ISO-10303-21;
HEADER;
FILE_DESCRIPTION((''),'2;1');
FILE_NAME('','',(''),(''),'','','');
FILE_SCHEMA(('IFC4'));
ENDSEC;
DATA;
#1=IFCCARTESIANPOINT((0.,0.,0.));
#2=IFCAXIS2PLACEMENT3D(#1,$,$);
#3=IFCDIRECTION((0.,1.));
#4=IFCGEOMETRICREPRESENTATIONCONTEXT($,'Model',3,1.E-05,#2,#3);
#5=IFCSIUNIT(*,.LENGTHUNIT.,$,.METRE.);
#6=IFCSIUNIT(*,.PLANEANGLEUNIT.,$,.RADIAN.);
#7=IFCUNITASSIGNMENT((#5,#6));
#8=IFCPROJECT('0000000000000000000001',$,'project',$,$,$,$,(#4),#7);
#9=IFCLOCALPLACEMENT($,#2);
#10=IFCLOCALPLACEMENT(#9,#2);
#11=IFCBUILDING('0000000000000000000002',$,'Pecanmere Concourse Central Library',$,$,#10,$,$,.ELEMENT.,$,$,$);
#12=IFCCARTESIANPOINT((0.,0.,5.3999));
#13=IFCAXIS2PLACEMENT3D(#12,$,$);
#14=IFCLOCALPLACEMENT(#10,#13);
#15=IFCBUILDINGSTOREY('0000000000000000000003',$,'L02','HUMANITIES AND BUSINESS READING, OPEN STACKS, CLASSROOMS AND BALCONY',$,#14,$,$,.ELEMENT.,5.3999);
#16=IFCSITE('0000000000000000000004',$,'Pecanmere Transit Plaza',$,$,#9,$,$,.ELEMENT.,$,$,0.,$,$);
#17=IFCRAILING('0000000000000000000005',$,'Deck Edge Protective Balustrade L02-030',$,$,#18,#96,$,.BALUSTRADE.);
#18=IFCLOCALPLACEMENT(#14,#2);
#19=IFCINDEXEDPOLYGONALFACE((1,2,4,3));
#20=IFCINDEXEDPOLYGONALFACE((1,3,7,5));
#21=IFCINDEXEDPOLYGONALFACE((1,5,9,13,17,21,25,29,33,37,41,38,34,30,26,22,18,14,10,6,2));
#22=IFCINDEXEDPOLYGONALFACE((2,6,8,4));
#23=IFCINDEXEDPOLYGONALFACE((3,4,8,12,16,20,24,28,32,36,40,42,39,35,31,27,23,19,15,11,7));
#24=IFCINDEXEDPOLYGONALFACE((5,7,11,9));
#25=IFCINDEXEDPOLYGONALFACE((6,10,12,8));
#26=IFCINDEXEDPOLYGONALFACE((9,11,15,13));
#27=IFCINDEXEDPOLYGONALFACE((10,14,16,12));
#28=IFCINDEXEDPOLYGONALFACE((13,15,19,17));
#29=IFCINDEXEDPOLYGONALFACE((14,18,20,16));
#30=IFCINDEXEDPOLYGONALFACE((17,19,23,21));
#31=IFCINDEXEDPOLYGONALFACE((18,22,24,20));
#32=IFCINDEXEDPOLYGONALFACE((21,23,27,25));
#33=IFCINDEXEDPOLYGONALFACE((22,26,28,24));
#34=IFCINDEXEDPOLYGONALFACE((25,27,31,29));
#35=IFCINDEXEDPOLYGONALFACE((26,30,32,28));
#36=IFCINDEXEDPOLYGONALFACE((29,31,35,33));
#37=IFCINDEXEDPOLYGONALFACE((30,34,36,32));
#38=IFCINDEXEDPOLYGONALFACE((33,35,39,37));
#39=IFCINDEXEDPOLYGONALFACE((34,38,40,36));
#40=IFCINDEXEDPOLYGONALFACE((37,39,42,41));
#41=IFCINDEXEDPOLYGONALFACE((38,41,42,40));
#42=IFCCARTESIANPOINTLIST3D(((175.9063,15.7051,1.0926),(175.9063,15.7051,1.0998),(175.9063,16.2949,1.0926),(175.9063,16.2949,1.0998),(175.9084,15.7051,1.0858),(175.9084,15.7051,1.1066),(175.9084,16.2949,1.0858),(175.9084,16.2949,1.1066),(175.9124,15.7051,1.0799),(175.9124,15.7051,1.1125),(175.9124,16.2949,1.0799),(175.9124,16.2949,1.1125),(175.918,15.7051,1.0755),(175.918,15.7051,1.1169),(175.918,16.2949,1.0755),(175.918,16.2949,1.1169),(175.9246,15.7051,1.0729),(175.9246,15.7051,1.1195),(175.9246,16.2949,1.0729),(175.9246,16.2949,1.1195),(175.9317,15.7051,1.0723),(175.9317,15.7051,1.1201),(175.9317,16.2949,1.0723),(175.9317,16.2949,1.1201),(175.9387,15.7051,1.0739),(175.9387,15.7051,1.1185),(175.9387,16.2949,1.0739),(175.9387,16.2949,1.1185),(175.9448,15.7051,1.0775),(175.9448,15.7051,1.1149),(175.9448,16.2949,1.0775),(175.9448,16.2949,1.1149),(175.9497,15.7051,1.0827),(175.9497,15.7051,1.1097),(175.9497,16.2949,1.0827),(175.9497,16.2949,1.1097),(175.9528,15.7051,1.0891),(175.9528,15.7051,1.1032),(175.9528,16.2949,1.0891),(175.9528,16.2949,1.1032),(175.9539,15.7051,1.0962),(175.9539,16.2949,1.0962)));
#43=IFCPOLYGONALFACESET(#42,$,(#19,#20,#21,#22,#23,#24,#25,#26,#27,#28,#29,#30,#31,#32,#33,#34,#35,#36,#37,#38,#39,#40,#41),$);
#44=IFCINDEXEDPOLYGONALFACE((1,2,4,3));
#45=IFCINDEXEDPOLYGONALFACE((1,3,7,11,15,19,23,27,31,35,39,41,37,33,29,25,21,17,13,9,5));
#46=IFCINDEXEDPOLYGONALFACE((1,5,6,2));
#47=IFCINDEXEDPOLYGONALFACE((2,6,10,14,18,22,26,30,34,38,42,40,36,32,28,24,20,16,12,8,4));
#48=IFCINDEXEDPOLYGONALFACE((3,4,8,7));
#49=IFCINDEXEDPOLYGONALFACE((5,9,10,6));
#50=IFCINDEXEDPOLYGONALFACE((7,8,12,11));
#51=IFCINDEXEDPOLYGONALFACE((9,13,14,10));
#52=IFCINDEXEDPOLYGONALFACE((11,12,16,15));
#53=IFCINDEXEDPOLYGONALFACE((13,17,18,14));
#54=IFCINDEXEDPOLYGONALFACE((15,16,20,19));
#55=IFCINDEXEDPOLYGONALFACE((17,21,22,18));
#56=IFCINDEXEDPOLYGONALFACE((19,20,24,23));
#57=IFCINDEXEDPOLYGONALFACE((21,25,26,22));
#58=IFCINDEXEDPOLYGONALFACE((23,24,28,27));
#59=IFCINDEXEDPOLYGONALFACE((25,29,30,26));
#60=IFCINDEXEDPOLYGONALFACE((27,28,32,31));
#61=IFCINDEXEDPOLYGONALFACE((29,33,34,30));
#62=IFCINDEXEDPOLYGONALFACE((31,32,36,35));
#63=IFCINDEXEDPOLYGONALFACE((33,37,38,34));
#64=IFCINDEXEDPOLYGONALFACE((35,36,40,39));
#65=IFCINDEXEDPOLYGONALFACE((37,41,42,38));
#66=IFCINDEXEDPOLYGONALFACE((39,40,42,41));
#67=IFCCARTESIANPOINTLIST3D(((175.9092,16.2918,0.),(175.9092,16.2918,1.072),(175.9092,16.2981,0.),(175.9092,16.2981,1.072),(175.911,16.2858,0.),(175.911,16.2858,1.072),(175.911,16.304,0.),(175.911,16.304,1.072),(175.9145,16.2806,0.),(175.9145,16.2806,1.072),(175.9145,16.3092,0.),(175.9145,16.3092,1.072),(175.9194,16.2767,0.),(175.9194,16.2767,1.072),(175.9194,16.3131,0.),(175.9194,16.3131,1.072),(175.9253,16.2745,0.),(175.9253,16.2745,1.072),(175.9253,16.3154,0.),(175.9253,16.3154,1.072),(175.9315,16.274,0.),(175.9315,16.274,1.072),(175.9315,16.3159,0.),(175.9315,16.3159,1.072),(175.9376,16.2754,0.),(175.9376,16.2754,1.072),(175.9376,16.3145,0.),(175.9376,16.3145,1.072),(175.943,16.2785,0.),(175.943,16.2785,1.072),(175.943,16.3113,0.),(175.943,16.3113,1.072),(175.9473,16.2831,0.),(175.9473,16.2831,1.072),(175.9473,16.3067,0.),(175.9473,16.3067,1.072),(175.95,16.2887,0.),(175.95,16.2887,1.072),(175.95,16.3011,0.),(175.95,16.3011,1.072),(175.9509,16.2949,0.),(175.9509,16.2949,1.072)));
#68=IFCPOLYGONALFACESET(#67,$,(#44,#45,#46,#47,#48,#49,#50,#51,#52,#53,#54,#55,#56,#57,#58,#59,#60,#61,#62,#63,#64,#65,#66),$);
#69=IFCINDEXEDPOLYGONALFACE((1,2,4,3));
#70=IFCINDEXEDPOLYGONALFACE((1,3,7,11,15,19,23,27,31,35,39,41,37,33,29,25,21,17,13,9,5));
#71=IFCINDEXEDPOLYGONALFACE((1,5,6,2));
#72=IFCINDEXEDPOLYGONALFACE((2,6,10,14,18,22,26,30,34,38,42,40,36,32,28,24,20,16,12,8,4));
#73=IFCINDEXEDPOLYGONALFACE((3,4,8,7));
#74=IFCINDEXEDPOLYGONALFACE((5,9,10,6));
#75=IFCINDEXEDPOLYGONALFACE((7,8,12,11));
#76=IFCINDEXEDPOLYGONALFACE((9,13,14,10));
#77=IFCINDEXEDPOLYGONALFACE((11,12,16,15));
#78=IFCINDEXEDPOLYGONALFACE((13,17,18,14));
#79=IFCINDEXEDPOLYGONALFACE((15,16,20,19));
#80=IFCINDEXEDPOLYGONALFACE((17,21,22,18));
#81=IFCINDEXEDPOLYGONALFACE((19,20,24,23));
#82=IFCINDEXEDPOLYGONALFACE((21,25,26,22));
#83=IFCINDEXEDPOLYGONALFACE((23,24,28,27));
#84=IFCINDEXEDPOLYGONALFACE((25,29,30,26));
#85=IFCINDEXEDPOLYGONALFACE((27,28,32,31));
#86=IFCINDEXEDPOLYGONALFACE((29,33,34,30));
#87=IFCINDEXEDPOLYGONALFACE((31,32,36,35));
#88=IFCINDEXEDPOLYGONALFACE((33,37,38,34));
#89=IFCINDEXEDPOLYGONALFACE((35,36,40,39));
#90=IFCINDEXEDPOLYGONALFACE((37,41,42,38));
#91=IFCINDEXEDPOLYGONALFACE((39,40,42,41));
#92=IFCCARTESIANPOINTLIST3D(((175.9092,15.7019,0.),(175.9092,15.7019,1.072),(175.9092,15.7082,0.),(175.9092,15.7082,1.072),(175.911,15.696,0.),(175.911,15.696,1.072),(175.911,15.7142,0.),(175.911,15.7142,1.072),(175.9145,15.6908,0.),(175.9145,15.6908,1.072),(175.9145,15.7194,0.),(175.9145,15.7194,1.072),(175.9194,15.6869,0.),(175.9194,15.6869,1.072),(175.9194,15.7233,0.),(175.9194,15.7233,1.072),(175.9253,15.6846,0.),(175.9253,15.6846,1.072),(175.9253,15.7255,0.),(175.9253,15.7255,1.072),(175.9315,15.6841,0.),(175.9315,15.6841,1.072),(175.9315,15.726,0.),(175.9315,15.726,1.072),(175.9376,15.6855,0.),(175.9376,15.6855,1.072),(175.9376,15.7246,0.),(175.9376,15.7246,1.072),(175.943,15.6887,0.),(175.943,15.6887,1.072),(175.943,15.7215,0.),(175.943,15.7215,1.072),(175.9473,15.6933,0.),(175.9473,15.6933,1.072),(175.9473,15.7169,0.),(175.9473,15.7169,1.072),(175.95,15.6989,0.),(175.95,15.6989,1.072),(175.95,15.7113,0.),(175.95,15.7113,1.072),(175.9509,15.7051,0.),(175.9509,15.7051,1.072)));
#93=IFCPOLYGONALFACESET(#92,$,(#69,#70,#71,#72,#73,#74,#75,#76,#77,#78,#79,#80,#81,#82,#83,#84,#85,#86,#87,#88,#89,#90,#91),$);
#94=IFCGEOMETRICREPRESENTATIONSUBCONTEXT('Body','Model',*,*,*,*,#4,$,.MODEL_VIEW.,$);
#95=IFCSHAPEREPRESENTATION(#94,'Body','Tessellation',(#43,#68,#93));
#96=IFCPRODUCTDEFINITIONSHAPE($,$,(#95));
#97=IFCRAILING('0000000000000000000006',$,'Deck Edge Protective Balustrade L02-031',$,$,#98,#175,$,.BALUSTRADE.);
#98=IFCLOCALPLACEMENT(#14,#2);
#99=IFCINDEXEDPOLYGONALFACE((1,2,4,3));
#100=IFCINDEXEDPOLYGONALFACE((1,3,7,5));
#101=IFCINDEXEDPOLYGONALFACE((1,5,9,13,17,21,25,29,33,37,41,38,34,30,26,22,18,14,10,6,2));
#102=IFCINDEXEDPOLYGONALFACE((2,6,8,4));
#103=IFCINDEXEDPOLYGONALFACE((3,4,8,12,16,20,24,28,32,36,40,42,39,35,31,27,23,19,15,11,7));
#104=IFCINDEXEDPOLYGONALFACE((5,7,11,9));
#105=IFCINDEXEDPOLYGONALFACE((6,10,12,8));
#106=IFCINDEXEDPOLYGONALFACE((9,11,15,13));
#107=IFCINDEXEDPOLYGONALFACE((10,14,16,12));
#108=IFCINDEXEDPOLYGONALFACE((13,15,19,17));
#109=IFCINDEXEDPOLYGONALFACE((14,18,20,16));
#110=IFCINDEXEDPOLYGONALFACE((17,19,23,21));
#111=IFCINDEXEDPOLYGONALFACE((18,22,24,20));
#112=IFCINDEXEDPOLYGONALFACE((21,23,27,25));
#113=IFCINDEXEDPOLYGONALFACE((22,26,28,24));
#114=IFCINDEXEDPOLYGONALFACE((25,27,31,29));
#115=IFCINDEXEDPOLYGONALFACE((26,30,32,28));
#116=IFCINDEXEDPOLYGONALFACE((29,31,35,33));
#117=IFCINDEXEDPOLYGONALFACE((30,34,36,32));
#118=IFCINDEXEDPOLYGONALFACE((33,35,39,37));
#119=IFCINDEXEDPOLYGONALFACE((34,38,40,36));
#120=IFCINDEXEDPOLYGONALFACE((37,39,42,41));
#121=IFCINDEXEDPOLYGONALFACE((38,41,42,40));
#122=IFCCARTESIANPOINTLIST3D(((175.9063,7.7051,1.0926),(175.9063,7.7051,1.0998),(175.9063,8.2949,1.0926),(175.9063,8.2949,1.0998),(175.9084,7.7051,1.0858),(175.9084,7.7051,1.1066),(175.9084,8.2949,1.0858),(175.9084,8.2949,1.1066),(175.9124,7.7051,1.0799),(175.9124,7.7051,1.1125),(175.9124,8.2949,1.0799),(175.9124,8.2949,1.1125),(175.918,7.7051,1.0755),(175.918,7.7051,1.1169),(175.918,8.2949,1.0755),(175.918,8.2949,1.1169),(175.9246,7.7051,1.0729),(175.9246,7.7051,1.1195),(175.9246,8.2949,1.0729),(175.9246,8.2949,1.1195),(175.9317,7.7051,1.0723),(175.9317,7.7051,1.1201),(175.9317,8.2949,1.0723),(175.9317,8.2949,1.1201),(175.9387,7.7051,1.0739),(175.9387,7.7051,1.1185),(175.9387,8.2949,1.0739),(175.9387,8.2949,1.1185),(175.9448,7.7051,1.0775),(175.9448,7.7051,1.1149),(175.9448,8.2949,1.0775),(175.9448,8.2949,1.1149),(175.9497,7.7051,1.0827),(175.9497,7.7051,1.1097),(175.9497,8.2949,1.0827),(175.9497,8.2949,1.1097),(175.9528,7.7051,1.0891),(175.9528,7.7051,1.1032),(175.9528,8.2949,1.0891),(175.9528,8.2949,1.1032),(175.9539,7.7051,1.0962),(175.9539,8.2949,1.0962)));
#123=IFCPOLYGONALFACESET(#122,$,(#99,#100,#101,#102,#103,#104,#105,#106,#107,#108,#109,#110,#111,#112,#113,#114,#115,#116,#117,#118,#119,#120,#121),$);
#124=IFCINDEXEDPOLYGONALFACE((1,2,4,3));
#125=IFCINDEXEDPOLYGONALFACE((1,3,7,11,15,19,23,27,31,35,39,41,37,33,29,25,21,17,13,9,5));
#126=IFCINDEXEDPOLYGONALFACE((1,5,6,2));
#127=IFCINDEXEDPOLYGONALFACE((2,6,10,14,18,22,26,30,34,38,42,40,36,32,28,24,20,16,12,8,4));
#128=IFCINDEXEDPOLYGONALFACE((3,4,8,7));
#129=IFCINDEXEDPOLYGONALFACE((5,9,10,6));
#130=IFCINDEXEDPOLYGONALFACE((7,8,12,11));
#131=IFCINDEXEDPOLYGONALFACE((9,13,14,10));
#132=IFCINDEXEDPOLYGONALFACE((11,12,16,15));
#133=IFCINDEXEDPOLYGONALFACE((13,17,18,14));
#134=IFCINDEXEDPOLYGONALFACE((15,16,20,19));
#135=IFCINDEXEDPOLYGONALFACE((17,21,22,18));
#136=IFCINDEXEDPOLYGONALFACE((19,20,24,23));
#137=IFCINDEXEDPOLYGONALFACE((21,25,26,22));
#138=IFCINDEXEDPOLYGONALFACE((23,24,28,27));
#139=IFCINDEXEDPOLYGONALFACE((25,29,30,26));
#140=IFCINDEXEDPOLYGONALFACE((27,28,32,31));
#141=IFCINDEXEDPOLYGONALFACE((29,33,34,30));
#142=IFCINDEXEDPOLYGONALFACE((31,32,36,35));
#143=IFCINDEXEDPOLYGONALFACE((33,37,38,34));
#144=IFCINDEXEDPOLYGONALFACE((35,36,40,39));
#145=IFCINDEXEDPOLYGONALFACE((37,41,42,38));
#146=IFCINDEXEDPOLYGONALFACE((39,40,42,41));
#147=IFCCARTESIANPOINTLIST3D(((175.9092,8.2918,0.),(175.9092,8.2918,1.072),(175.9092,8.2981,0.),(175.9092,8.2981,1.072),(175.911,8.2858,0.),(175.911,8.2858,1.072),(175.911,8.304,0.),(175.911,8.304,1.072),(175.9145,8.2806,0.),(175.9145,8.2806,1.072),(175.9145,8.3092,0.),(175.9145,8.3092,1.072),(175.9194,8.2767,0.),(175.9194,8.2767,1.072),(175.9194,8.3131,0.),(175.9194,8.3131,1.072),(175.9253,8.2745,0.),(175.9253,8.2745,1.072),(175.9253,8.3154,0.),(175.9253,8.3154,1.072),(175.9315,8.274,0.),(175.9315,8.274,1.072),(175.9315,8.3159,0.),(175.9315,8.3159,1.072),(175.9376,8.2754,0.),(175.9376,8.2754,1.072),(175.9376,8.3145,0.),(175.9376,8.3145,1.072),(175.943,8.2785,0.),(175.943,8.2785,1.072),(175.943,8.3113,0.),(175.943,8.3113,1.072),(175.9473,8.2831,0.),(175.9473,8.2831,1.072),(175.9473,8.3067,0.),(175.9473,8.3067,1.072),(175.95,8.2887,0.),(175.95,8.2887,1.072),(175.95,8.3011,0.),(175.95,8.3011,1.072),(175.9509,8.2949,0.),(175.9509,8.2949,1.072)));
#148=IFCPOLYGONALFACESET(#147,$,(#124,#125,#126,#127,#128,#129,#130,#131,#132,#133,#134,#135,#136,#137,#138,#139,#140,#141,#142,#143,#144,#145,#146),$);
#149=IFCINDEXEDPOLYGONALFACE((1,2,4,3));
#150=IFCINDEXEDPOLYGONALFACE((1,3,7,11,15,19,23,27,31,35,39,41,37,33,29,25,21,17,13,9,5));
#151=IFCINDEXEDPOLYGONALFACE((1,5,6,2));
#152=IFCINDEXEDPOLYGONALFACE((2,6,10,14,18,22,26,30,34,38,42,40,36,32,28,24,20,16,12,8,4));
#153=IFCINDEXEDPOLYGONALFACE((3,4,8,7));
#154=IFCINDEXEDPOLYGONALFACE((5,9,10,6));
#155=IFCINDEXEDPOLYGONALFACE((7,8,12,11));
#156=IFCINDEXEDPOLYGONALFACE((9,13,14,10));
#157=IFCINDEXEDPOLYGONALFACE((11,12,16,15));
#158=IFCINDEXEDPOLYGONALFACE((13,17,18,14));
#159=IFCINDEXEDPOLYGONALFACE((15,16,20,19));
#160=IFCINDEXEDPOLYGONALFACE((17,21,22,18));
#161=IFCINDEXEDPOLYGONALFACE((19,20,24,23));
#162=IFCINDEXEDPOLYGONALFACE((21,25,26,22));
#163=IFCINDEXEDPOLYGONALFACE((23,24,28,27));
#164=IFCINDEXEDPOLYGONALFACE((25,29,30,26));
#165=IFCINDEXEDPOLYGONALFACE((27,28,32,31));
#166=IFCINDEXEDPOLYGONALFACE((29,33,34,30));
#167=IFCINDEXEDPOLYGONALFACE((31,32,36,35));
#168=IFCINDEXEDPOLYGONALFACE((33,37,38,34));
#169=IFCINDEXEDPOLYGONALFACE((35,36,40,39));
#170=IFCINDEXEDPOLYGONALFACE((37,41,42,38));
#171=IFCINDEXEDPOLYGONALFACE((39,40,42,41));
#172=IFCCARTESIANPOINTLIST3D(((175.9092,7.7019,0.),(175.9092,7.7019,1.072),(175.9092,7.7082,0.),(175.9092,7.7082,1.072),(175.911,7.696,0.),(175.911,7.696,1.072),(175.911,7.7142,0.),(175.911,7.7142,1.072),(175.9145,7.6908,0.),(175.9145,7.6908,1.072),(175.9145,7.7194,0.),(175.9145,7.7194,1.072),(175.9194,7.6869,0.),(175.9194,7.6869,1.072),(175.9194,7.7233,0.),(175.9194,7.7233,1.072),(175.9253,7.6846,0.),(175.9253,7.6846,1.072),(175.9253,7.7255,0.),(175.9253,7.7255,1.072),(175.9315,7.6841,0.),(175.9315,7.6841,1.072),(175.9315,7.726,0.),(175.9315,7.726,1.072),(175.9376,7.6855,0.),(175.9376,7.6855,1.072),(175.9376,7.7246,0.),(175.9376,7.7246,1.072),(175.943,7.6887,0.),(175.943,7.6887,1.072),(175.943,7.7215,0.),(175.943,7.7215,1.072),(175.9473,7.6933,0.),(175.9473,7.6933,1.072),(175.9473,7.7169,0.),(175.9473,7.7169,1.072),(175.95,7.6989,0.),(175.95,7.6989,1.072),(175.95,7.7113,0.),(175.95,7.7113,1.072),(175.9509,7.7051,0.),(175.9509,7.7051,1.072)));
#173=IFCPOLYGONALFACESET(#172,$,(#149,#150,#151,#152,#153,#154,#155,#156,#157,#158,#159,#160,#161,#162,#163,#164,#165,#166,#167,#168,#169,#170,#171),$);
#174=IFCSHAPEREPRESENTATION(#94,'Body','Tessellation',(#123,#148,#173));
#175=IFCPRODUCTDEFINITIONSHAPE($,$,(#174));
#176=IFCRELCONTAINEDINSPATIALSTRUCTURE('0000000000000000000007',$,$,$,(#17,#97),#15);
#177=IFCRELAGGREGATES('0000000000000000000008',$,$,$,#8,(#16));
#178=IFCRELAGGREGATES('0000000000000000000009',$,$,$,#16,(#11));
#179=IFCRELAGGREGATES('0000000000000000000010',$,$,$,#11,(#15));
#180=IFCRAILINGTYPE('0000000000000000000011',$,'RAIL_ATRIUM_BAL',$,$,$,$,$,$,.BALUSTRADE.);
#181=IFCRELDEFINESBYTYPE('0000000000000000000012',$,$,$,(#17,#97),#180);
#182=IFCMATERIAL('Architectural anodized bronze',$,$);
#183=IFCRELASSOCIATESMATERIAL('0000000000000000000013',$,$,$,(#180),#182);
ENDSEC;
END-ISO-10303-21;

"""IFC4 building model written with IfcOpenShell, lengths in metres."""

from ifc_helpers import new_model, si_unit, direction, frame, origin, origin_2d, place, context, subcontext, project, spatial, circle, extrude, material, type_object, element, save


model = new_model("IFC4")

# Units and contexts
model_context = context("Model", 3, precision=1e-05, world=origin(), true_north=direction((0.0, 1.0)))
body_context = subcontext(model_context, "Body", "Model", "MODEL_VIEW")
ifc_project = project(units=[si_unit("LENGTHUNIT", "METRE"), si_unit("PLANEANGLEUNIT", "RADIAN")], contexts=[model_context])

# Site, building, storey
site_placement = place(None, origin())
site = spatial("IfcSite", under=ifc_project, at=site_placement, Name="Pecanmere Transit Plaza", CompositionType="ELEMENT", RefElevation=0.0)
building_placement = place(site_placement, origin())
building = spatial("IfcBuilding", under=site, at=building_placement, Name="Pecanmere Concourse Central Library", CompositionType="ELEMENT")
storey_placement = place(building_placement, frame((0.0, 0.0, 5.3999)))
storey = spatial("IfcBuildingStorey", under=building, at=storey_placement, Name="L02", Description="HUMANITIES AND BUSINESS READING, OPEN STACKS, CLASSROOMS AND BALCONY", CompositionType="ELEMENT", Elevation=5.3999)

# Railings
ifc_material_1 = material(Name="Architectural anodized bronze")
railing_type = type_object("IfcRailingType", Name="RAIL_ATRIUM_BAL", PredefinedType="BALUSTRADE", material=ifc_material_1)
for number, where, name in (
    (1, (175.9299, 16.2949, 0.0), "Deck Edge Protective Balustrade L02-030"),
    (2, (175.9299, 8.2949, 0.0), "Deck Edge Protective Balustrade L02-031"),
):
    element("IfcRailing", number, at=place(storey_placement, frame(where)), inside=storey, type_object=railing_type, Name=name, PredefinedType="BALUSTRADE", context=body_context, shape_type="SweptSolid", body=[
        extrude(circle(Radius=0.0239, at=origin_2d()), frame((0.0, 0.0, 1.0962), z_axis=(0.0, -1.0, 0.0), x_axis=(1.0, 0.0, 0.0)), (0.0, 0.0, 1.0), 0.5898),
        extrude(circle(Radius=0.021, at=origin_2d()), origin(), (0.0, 0.0, 1.0), 1.072),
        extrude(circle(Radius=0.021, at=origin_2d()), frame((0.0, -0.5898, 0.0)), (0.0, 0.0, 1.0), 1.072),
    ])

save(model, "model.ifc")
